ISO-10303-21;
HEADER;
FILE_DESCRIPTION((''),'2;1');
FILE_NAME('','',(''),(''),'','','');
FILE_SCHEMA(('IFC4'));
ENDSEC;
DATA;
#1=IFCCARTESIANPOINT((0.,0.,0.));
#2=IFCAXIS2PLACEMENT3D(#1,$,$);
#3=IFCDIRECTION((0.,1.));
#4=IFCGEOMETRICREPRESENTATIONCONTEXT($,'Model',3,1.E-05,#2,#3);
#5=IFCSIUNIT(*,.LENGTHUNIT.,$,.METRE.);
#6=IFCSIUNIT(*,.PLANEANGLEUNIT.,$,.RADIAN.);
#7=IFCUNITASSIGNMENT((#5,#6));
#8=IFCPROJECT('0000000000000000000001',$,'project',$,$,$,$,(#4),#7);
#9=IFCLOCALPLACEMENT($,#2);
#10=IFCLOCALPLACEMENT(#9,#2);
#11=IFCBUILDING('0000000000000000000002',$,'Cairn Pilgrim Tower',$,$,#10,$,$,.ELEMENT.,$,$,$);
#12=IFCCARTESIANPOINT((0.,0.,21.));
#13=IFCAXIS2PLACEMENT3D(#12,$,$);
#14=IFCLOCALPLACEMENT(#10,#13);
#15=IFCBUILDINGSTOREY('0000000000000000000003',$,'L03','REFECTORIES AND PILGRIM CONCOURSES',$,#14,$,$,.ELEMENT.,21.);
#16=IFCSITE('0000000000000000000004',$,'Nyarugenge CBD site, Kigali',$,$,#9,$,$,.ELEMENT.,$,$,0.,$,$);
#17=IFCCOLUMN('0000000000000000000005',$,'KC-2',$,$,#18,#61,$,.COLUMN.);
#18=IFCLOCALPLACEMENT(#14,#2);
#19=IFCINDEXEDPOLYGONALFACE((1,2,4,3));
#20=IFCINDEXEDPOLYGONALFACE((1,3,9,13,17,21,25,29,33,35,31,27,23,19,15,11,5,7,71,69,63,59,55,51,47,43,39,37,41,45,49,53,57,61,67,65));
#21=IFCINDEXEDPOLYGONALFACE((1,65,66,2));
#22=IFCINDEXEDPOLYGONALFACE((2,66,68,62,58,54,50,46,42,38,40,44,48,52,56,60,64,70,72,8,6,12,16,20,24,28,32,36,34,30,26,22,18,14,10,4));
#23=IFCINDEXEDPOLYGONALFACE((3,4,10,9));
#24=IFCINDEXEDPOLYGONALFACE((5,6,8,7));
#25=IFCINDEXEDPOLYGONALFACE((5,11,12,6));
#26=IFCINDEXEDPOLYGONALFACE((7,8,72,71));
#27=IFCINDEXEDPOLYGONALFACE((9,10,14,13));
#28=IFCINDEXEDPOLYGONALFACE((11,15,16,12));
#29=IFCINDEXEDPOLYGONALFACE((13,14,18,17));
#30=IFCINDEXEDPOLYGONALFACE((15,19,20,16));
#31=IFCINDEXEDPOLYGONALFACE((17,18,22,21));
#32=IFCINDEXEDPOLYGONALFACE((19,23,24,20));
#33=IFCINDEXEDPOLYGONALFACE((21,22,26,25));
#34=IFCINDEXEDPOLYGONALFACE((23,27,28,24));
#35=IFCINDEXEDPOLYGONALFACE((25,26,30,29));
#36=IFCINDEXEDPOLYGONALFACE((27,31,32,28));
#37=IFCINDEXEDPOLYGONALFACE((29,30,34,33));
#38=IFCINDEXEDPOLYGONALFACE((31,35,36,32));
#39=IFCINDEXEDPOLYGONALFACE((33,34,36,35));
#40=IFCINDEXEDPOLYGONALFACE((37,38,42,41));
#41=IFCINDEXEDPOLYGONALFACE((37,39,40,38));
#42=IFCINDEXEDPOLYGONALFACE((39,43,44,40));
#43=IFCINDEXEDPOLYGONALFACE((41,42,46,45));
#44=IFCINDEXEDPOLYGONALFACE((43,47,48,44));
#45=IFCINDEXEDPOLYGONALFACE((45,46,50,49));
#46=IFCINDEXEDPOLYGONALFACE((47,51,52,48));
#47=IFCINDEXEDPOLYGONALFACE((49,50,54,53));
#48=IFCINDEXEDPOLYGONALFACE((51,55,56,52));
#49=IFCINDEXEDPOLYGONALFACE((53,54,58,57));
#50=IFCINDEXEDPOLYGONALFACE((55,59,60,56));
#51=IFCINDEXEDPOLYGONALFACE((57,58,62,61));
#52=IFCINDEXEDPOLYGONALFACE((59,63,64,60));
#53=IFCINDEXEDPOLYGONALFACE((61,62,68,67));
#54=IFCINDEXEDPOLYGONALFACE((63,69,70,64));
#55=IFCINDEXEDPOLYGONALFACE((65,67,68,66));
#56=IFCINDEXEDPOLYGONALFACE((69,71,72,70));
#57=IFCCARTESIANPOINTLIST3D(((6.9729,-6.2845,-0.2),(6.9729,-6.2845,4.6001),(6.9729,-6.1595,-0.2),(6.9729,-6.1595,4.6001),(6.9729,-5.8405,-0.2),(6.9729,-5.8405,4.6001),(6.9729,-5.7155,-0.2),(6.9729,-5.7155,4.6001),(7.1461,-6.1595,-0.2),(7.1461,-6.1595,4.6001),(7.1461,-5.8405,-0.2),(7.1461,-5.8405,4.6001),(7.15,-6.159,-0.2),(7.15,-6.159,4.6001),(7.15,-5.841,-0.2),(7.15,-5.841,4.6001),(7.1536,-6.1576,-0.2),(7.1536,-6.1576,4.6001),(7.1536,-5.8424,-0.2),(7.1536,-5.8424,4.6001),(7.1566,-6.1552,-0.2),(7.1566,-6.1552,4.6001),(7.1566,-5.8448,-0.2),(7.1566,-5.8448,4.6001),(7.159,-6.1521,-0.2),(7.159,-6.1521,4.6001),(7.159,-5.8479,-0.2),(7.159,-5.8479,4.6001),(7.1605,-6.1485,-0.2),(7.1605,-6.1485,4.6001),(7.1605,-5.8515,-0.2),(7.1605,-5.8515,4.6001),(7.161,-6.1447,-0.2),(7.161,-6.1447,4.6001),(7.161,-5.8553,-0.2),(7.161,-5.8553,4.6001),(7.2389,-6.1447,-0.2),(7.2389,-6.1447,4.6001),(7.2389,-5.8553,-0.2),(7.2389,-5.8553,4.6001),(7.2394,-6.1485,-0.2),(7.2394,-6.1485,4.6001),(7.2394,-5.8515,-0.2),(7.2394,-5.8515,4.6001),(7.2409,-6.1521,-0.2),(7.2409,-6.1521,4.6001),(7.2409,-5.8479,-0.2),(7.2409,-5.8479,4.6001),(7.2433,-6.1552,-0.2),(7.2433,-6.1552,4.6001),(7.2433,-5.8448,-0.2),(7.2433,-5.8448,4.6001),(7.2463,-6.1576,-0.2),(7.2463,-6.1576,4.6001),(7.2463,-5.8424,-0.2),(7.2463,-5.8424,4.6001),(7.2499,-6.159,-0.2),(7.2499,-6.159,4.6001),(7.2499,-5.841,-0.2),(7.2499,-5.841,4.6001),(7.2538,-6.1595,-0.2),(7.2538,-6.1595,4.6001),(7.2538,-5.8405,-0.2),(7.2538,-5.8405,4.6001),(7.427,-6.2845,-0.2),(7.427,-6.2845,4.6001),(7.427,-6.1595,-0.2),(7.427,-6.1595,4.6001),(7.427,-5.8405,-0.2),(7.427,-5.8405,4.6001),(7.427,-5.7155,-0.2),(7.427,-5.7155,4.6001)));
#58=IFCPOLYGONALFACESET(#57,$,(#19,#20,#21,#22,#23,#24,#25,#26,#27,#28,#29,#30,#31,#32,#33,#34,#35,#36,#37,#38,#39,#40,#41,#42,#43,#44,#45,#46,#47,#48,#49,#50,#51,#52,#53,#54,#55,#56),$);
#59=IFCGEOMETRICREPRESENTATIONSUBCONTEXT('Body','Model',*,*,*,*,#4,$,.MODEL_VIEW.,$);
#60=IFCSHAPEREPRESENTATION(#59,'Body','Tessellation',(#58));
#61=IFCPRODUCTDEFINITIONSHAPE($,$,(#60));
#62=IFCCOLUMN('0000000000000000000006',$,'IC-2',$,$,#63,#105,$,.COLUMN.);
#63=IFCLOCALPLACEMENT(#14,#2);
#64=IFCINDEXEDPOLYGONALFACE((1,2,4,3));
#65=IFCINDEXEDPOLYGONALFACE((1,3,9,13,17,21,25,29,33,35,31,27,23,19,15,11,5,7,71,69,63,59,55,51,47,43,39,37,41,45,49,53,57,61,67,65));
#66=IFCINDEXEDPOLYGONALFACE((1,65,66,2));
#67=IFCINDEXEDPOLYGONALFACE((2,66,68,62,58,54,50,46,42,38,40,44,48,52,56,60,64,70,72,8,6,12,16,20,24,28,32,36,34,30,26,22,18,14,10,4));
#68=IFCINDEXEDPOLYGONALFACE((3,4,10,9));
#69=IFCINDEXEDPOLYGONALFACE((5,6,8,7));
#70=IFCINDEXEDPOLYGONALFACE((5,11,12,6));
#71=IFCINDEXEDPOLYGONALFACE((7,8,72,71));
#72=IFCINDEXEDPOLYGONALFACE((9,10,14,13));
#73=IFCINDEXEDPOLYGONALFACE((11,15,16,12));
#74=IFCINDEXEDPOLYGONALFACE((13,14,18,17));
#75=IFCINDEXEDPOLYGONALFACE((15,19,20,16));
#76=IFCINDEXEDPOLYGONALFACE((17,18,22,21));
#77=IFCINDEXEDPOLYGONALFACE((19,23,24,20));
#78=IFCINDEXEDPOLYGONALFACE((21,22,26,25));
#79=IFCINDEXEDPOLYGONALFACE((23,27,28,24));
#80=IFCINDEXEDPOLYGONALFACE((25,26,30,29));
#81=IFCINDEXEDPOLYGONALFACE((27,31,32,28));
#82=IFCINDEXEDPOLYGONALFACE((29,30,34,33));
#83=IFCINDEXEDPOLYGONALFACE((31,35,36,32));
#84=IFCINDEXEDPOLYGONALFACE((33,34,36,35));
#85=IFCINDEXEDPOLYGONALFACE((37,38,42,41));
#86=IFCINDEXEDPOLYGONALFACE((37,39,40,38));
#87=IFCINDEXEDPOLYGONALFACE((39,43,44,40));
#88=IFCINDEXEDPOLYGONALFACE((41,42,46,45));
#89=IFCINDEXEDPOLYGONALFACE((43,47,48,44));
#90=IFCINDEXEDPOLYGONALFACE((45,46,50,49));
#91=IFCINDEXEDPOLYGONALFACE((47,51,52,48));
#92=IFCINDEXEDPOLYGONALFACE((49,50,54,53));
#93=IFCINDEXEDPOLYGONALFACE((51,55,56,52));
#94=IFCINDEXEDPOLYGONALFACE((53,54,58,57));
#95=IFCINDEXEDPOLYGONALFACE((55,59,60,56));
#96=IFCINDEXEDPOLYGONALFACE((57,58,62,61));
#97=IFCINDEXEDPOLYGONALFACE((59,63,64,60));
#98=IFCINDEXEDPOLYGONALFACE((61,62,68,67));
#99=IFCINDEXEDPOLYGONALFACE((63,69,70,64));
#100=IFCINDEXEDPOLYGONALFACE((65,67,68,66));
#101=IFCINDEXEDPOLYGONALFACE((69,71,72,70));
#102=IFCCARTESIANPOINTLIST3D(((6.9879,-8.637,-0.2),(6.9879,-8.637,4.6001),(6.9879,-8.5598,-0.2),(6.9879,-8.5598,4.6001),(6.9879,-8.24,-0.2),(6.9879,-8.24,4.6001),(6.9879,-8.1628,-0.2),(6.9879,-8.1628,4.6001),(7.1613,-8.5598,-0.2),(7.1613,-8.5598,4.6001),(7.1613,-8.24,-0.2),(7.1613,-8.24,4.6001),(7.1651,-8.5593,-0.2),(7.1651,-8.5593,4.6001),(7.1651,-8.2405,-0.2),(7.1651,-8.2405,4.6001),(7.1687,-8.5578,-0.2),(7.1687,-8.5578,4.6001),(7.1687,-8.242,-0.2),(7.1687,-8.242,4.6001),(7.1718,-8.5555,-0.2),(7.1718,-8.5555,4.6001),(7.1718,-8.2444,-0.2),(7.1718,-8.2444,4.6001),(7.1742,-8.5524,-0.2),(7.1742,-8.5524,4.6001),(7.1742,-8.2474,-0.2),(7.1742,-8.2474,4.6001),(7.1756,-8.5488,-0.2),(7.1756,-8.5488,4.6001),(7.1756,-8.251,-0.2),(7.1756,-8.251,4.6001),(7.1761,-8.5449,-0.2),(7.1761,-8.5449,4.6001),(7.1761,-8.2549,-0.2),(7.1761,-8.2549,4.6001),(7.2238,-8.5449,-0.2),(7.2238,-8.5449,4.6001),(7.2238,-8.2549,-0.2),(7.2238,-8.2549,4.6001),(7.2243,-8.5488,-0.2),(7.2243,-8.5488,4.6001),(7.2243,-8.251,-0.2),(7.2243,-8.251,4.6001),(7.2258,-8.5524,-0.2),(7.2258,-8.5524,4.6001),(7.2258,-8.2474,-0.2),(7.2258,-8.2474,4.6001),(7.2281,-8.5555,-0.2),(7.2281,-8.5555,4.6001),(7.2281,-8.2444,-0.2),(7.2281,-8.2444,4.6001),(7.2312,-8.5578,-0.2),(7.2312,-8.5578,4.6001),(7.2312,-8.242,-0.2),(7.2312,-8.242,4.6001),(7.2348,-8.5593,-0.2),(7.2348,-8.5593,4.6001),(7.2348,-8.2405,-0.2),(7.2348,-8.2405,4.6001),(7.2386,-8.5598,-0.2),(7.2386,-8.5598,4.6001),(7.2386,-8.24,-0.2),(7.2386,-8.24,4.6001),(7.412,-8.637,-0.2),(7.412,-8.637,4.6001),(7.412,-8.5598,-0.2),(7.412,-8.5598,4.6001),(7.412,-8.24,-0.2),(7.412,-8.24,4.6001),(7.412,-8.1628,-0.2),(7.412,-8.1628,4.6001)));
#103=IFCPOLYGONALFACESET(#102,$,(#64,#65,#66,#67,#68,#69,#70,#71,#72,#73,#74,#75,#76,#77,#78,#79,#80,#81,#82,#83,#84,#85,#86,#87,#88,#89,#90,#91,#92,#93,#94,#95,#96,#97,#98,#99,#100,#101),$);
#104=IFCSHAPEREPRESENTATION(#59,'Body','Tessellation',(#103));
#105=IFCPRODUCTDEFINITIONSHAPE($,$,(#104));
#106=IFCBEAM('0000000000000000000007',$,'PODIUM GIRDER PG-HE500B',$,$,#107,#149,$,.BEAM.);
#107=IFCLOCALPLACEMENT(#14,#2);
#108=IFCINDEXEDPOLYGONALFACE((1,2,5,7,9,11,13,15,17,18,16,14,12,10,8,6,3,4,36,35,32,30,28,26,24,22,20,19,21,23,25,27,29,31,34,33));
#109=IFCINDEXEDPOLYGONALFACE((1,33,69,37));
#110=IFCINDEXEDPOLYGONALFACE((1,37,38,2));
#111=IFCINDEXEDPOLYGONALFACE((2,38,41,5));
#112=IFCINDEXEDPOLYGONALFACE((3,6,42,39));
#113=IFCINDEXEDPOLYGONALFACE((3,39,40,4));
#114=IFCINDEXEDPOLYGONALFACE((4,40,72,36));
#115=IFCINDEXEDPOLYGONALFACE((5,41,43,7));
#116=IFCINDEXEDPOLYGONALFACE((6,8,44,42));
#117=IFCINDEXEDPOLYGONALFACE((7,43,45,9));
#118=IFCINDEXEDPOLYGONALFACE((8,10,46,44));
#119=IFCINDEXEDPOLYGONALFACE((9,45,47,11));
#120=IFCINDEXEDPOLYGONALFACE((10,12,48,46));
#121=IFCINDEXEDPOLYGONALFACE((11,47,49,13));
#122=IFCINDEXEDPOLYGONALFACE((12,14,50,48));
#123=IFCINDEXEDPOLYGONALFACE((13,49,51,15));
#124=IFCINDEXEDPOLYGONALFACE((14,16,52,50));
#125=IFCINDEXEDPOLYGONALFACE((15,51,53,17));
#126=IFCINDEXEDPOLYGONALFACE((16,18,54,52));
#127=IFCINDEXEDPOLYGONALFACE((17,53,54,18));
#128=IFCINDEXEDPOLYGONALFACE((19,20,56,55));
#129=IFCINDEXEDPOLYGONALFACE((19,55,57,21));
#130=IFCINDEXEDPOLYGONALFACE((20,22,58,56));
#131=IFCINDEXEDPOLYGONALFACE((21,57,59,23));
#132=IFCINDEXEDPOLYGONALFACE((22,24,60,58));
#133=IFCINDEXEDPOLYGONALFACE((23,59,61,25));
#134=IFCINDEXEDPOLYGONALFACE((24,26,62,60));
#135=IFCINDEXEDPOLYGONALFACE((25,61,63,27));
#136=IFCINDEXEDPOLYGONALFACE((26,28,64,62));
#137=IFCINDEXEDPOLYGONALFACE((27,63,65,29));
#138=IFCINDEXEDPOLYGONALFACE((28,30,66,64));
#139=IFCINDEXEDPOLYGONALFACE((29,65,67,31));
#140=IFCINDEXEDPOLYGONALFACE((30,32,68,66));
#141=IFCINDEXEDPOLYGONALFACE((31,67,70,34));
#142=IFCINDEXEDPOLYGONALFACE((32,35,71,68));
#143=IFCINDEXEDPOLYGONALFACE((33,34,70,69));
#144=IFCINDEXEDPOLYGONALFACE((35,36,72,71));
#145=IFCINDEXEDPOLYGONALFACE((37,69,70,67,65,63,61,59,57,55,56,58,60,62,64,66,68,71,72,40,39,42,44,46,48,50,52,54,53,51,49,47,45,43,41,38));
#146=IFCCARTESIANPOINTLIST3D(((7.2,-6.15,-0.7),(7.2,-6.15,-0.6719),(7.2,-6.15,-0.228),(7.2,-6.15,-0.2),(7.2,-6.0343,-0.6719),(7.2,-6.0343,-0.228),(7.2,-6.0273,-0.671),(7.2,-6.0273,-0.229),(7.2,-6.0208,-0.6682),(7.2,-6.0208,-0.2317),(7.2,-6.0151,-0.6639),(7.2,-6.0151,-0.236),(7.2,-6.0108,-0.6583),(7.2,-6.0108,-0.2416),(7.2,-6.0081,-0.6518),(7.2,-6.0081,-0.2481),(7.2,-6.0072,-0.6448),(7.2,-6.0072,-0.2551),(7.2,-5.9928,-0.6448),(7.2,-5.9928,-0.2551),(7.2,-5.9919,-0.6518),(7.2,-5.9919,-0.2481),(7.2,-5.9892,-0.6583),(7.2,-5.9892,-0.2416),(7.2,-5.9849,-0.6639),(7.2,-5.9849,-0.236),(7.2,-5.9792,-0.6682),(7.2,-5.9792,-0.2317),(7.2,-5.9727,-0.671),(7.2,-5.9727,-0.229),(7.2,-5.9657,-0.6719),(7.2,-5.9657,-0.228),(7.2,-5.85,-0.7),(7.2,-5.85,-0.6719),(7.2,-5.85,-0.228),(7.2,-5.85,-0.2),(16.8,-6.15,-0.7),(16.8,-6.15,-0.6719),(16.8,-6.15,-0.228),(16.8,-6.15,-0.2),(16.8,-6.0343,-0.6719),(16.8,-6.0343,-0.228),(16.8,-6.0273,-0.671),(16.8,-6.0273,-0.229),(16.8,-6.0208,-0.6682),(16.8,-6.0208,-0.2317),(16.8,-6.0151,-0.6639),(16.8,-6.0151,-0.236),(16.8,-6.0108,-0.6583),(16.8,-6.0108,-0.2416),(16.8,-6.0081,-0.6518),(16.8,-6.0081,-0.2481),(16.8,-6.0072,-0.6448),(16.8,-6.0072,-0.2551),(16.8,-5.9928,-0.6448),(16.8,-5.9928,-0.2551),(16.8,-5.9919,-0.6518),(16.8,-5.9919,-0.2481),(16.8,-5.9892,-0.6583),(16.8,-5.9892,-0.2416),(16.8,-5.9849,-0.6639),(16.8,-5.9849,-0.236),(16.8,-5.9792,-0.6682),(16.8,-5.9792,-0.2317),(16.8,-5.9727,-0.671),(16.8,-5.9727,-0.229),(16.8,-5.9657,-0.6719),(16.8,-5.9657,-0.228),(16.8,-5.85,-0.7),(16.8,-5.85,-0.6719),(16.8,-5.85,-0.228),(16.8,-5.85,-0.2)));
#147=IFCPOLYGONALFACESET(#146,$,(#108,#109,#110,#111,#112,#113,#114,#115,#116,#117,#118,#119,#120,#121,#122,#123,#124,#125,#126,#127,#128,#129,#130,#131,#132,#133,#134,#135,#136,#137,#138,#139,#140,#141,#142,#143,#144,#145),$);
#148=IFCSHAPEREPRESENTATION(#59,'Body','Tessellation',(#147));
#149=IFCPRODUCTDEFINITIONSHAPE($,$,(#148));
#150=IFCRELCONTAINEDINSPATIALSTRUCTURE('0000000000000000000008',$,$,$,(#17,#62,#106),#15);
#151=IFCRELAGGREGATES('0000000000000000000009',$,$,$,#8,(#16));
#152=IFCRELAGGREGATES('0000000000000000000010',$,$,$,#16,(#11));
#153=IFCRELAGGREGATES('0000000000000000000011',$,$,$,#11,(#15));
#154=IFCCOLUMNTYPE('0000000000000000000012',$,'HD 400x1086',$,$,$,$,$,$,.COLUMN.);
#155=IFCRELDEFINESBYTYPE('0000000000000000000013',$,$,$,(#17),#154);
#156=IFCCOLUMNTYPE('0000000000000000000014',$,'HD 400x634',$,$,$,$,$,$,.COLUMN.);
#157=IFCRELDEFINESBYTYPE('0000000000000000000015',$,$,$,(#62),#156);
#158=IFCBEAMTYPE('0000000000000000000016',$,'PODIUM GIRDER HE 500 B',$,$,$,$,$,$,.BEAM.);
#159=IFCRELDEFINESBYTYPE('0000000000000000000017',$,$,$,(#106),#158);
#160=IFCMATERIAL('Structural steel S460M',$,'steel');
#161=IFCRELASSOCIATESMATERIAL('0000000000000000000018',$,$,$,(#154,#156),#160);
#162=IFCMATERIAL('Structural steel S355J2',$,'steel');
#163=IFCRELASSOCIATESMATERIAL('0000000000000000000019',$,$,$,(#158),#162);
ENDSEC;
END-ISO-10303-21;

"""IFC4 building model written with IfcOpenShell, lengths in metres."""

from ifc_helpers import new_model, si_unit, direction, frame, origin, origin_2d, place, context, subcontext, project, spatial, i_section, extrude, material, material_profile, profile_set, type_object, element, save


model = new_model("IFC4")

# Units and contexts
model_context = context("Model", 3, precision=1e-05, world=origin(), true_north=direction((0.0, 1.0)))
body_context = subcontext(model_context, "Body", "Model", "MODEL_VIEW")
ifc_project = project(units=[si_unit("LENGTHUNIT", "METRE"), si_unit("PLANEANGLEUNIT", "RADIAN")], contexts=[model_context])

# Site, building, storey
site_placement = place(None, origin())
site = spatial("IfcSite", under=ifc_project, at=site_placement, Name="Nyarugenge CBD site, Kigali", CompositionType="ELEMENT", RefElevation=0.0)
building_placement = place(site_placement, origin())
building = spatial("IfcBuilding", under=site, at=building_placement, Name="Cairn Pilgrim Tower", CompositionType="ELEMENT")
storey_placement = place(building_placement, frame((0.0, 0.0, 21.0)))
storey = spatial("IfcBuildingStorey", under=building, at=storey_placement, Name="L03", Description="REFECTORIES AND PILGRIM CONCOURSES", CompositionType="ELEMENT", Elevation=21.0)

# Columns
ifc_material_1 = material(Name="Structural steel S460M", Category="steel")
ifc_material_profile_1 = material_profile(ifc_material_1, i_section(OverallWidth=0.4541, OverallDepth=0.5691, WebThickness=0.0779, FlangeThickness=0.125, FilletRadius=0.0149, at=origin_2d()), Name="HD 400x1086")
ifc_profile_set_1 = profile_set([ifc_material_profile_1], Name="Structural steel S460M")
column_type_1 = type_object("IfcColumnType", Name="HD 400x1086", PredefinedType="COLUMN", material=ifc_profile_set_1)
column_1_placement = place(storey_placement, frame((7.2, -6.0, -0.2), z_axis=(0.0, 0.0, 1.0), x_axis=(1.0, 0.0, 0.0)))
element("IfcColumn", 1, at=column_1_placement, inside=storey, type_object=column_type_1, Name="KC-2", PredefinedType="COLUMN", context=body_context, shape_type="SweptSolid", body=[
    extrude(i_section(OverallWidth=0.4541, OverallDepth=0.5691, WebThickness=0.0779, FlangeThickness=0.125, FilletRadius=0.0149, at=origin_2d()), origin(), (0.0, 0.0, 1.0), 4.8),
])
ifc_material_profile_2 = material_profile(ifc_material_1, i_section(OverallWidth=0.4241, OverallDepth=0.4741, WebThickness=0.0476, FlangeThickness=0.0771, FilletRadius=0.0149, at=origin_2d()), Name="HD 400x634")
ifc_profile_set_2 = profile_set([ifc_material_profile_2], Name="Structural steel S460M")
column_type_2 = type_object("IfcColumnType", Name="HD 400x634", PredefinedType="COLUMN", material=ifc_profile_set_2)
column_2_placement = place(storey_placement, frame((7.2, -8.3999, -0.2), z_axis=(0.0, 0.0, 1.0), x_axis=(1.0, 0.0, 0.0)))
element("IfcColumn", 2, at=column_2_placement, inside=storey, type_object=column_type_2, Name="IC-2", PredefinedType="COLUMN", context=body_context, shape_type="SweptSolid", body=[
    extrude(i_section(OverallWidth=0.4241, OverallDepth=0.4741, WebThickness=0.0476, FlangeThickness=0.0771, FilletRadius=0.0149, at=origin_2d()), origin(), (0.0, 0.0, 1.0), 4.8),
])

# Beam
ifc_material_2 = material(Name="Structural steel S355J2", Category="steel")
ifc_material_profile_3 = material_profile(ifc_material_2, i_section(OverallWidth=0.3, OverallDepth=0.5, WebThickness=0.0144, FlangeThickness=0.0281, FilletRadius=0.0271, at=origin_2d()), Name="HEB 500")
ifc_profile_set_3 = profile_set([ifc_material_profile_3], Name="Structural steel S355J2")
beam_type_1 = type_object("IfcBeamType", Name="PODIUM GIRDER HE 500 B", PredefinedType="BEAM", material=ifc_profile_set_3)
beam_1_placement = place(storey_placement, frame((7.2, -6.0, -0.45), z_axis=(1.0, 0.0, 0.0), x_axis=(0.0, 1.0, 0.0)))
element("IfcBeam", 3, at=beam_1_placement, inside=storey, type_object=beam_type_1, Name="PODIUM GIRDER PG-HE500B", PredefinedType="BEAM", context=body_context, shape_type="SweptSolid", body=[
    extrude(i_section(OverallWidth=0.3, OverallDepth=0.5, WebThickness=0.0144, FlangeThickness=0.0281, FilletRadius=0.0271, at=origin_2d()), origin(), (0.0, 0.0, 1.0), 9.6001),
])

save(model, "model.ifc")
